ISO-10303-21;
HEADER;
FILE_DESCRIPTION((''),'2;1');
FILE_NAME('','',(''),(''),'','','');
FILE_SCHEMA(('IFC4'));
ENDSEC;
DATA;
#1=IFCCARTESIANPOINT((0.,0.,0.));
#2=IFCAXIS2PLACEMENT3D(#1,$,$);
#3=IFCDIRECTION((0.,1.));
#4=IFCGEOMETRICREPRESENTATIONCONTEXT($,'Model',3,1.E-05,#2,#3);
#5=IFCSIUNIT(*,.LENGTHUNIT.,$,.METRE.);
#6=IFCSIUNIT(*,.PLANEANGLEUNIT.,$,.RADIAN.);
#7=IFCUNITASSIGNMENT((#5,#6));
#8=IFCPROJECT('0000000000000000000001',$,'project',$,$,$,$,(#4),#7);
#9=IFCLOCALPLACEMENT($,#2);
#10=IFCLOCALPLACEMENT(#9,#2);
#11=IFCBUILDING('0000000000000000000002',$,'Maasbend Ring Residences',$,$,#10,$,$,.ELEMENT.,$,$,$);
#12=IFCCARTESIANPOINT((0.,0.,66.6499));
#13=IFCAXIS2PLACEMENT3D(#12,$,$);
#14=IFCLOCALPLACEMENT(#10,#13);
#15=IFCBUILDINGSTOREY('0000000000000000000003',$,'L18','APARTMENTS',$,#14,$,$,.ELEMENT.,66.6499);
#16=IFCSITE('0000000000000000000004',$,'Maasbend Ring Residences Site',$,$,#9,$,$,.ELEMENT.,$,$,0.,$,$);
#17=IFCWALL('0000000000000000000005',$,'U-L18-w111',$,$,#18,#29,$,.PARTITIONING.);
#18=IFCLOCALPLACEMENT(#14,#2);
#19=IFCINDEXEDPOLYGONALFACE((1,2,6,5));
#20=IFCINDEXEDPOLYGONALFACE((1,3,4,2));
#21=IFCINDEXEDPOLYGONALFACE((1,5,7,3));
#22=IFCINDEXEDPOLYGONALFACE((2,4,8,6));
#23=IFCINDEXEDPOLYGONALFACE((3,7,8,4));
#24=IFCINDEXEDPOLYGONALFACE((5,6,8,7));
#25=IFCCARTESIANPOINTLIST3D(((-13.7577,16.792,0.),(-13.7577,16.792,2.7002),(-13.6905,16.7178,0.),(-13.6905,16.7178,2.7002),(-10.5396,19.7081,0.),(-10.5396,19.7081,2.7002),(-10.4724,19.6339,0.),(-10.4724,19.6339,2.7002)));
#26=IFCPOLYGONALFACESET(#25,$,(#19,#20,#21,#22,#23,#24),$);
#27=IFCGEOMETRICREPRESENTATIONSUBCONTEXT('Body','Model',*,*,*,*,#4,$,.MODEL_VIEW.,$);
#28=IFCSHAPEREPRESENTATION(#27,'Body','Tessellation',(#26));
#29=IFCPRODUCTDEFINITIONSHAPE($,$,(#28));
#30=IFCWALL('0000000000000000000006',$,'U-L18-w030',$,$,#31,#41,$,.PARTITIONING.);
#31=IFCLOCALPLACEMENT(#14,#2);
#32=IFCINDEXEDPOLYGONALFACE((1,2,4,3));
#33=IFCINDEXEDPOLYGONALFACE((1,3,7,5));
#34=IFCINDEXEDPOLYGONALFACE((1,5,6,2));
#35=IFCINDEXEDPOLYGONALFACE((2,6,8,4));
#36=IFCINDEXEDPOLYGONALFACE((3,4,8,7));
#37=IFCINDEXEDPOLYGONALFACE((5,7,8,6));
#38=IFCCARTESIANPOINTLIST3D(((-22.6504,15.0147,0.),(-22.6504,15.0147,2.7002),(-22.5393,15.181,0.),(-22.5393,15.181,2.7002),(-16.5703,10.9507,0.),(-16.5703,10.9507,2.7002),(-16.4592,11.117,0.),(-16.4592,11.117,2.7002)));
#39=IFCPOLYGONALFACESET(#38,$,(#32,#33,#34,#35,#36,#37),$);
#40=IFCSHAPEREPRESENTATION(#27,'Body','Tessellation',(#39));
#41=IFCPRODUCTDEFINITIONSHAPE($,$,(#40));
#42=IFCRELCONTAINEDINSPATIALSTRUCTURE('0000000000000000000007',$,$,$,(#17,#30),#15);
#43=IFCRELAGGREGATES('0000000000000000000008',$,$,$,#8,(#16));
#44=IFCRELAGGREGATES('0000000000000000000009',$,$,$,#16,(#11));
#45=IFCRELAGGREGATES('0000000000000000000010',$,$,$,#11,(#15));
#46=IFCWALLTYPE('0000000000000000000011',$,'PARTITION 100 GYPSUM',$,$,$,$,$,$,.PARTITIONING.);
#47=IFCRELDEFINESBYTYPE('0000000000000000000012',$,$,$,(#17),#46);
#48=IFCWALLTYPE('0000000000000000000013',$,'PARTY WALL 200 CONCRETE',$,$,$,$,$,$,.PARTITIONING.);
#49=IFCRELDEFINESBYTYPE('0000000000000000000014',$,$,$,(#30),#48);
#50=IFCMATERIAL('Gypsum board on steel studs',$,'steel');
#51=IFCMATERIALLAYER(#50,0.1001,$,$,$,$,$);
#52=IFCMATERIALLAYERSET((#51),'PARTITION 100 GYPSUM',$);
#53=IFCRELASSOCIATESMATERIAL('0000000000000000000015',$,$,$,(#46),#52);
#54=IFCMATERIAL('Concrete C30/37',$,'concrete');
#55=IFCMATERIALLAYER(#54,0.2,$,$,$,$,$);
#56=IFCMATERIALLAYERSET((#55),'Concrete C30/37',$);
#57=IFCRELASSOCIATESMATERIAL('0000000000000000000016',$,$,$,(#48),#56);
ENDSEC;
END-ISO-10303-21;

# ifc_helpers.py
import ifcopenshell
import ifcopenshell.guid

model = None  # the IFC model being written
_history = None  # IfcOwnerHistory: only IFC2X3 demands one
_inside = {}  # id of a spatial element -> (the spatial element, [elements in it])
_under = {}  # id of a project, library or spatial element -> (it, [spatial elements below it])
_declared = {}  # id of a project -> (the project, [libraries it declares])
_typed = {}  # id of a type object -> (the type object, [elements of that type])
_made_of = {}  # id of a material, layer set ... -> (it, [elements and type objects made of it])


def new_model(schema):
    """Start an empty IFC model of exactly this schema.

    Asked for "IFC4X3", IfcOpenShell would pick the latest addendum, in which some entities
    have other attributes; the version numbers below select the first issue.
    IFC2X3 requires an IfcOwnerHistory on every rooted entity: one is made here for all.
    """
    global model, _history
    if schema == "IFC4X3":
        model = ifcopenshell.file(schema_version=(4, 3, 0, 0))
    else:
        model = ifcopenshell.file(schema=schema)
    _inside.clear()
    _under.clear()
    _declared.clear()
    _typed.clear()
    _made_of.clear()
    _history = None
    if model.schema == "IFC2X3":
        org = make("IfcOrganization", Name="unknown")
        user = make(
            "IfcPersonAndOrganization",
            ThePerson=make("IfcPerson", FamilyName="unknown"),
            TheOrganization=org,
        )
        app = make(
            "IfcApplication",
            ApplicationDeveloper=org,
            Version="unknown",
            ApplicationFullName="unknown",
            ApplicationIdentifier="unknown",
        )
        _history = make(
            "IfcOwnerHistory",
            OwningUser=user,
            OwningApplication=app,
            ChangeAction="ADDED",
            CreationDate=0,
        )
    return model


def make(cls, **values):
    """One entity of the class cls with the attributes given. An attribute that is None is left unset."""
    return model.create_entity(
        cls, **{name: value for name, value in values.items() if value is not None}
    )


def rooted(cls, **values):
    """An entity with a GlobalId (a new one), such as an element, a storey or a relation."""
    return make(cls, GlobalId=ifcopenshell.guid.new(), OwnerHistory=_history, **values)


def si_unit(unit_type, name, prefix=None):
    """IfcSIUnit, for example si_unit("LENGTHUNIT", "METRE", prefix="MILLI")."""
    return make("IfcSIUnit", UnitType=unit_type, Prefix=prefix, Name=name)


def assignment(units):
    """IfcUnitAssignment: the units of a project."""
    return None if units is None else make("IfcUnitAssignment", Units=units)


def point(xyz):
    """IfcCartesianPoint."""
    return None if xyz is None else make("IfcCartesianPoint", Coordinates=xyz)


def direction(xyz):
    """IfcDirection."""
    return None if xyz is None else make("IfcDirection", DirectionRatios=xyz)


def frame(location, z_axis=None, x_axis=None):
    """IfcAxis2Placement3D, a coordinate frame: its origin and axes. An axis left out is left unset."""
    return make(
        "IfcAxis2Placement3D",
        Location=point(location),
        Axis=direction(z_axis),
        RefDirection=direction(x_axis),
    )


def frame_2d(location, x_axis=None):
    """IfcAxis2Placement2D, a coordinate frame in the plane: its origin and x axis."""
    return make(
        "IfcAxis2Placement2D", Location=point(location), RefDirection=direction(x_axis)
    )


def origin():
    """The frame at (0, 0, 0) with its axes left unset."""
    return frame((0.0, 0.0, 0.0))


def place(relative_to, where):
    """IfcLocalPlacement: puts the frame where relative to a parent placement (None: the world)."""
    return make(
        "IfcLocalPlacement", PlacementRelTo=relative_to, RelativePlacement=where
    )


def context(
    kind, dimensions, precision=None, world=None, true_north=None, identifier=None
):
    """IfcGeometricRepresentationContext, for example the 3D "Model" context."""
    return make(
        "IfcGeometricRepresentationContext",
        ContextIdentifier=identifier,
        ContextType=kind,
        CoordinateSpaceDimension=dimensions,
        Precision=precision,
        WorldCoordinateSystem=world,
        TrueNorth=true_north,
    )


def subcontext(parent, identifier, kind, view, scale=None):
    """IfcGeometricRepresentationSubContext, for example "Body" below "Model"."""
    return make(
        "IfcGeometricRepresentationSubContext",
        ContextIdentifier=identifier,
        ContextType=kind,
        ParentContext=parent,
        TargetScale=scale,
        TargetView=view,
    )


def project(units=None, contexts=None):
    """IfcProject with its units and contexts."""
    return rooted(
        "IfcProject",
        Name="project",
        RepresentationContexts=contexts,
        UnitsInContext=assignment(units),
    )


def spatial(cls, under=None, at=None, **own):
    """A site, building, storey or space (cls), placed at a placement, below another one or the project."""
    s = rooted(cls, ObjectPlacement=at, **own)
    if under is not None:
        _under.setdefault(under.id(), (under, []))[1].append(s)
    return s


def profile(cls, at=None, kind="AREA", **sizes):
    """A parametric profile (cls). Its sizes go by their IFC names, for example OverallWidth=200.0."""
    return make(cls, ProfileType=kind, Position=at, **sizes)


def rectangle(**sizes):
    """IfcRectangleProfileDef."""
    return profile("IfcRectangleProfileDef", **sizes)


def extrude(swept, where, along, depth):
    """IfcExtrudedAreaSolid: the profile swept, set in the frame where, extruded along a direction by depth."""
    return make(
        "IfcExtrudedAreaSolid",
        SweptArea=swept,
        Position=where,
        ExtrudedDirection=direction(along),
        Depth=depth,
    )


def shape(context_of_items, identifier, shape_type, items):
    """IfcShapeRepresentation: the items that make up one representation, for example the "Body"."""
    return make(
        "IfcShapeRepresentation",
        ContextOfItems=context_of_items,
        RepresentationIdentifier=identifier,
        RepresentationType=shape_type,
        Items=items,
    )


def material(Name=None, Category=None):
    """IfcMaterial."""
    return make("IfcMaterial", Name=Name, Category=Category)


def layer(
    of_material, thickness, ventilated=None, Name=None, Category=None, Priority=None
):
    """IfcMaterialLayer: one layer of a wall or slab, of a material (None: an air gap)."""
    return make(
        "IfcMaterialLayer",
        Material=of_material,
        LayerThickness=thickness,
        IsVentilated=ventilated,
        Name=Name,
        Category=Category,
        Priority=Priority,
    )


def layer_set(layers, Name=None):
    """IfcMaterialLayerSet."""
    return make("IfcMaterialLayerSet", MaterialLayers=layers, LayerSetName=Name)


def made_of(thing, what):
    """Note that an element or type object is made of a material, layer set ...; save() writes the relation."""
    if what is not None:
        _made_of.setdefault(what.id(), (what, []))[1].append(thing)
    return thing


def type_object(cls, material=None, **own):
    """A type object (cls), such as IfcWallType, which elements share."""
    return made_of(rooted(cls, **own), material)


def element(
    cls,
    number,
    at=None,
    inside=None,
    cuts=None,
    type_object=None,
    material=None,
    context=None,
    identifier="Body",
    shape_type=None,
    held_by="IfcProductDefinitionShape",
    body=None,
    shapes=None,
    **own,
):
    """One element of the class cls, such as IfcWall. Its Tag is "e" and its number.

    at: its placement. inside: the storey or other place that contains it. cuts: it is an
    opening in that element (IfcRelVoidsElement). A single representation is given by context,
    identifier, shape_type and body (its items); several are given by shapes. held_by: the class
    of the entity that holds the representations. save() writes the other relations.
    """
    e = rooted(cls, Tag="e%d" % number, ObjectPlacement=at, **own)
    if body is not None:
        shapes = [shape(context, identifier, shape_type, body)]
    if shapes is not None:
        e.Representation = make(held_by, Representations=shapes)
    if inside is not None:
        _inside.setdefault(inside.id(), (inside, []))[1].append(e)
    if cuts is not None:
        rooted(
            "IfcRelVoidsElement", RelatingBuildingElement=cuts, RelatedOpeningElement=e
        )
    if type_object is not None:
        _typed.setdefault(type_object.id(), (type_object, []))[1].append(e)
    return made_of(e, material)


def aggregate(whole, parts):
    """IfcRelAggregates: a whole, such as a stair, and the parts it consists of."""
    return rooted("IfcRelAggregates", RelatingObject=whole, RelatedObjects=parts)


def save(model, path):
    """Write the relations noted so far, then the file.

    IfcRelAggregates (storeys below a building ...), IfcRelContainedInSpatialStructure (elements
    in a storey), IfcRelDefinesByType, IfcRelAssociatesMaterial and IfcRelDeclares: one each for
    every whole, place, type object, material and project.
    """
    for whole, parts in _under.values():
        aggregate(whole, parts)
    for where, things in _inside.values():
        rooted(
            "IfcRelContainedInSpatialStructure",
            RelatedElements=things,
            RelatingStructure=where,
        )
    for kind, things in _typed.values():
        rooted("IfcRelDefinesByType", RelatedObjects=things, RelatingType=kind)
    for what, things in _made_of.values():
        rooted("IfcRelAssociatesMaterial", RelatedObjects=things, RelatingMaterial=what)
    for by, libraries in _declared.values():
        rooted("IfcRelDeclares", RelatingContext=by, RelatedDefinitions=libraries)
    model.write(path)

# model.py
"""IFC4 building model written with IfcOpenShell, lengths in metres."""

from ifc_helpers import new_model, si_unit, direction, frame, frame_2d, origin, place, context, subcontext, project, spatial, rectangle, extrude, material, layer, layer_set, type_object, element, save


model = new_model("IFC4")

# Units and contexts
model_context = context("Model", 3, precision=1e-05, world=origin(), true_north=direction((0.0, 1.0)))
body_context = subcontext(model_context, "Body", "Model", "MODEL_VIEW")
ifc_project = project(units=[si_unit("LENGTHUNIT", "METRE"), si_unit("PLANEANGLEUNIT", "RADIAN")], contexts=[model_context])

# Site, building, storey
site_placement = place(None, origin())
site = spatial("IfcSite", under=ifc_project, at=site_placement, Name="Maasbend Ring Residences Site", CompositionType="ELEMENT", RefElevation=0.0)
building_placement = place(site_placement, origin())
building = spatial("IfcBuilding", under=site, at=building_placement, Name="Maasbend Ring Residences", CompositionType="ELEMENT")
storey_placement = place(building_placement, frame((0.0, 0.0, 66.6499)))
storey = spatial("IfcBuildingStorey", under=building, at=storey_placement, Name="L18", Description="APARTMENTS", CompositionType="ELEMENT", Elevation=66.6499)

# Shared definitions
ifc_material_1 = material(Name="Gypsum board on steel studs", Category="steel")
ifc_layer_1 = layer(ifc_material_1, 0.1001)
ifc_layer_set_1 = layer_set([ifc_layer_1], Name="PARTITION 100 GYPSUM")
wall_type_1 = type_object("IfcWallType", Name="PARTITION 100 GYPSUM", PredefinedType="PARTITIONING", material=ifc_layer_set_1)

# Walls
wall_1_placement = place(storey_placement, frame((-13.7241, 16.7549, 0.0), z_axis=(0.0, 0.0, 1.0), x_axis=(0.741023, 0.67148, 0.0)))
element("IfcWall", 1, at=wall_1_placement, inside=storey, type_object=wall_type_1, Name="U-L18-w111", PredefinedType="PARTITIONING", context=body_context, shape_type="SweptSolid", body=[
    extrude(rectangle(XDim=4.3428, YDim=0.1001, at=frame_2d((2.1714, 0.0))), origin(), (0.0, 0.0, 1.0), 2.7002),
])
ifc_material_2 = material(Name="Concrete C30/37", Category="concrete")
ifc_layer_2 = layer(ifc_material_2, 0.2)
ifc_layer_set_2 = layer_set([ifc_layer_2], Name="Concrete C30/37")
wall_type_2 = type_object("IfcWallType", Name="PARTY WALL 200 CONCRETE", PredefinedType="PARTITIONING", material=ifc_layer_set_2)
wall_2_placement = place(storey_placement, frame((-22.595, 15.0979, 0.0), z_axis=(0.0, 0.0, 1.0), x_axis=(0.831382, -0.555701, 0.0)))
element("IfcWall", 2, at=wall_2_placement, inside=storey, type_object=wall_type_2, Name="U-L18-w030", PredefinedType="PARTITIONING", context=body_context, shape_type="SweptSolid", body=[
    extrude(rectangle(XDim=7.3132, YDim=0.2, at=frame_2d((3.6567, 0.0))), origin(), (0.0, 0.0, 1.0), 2.7002),
])

save(model, "model.ifc")
